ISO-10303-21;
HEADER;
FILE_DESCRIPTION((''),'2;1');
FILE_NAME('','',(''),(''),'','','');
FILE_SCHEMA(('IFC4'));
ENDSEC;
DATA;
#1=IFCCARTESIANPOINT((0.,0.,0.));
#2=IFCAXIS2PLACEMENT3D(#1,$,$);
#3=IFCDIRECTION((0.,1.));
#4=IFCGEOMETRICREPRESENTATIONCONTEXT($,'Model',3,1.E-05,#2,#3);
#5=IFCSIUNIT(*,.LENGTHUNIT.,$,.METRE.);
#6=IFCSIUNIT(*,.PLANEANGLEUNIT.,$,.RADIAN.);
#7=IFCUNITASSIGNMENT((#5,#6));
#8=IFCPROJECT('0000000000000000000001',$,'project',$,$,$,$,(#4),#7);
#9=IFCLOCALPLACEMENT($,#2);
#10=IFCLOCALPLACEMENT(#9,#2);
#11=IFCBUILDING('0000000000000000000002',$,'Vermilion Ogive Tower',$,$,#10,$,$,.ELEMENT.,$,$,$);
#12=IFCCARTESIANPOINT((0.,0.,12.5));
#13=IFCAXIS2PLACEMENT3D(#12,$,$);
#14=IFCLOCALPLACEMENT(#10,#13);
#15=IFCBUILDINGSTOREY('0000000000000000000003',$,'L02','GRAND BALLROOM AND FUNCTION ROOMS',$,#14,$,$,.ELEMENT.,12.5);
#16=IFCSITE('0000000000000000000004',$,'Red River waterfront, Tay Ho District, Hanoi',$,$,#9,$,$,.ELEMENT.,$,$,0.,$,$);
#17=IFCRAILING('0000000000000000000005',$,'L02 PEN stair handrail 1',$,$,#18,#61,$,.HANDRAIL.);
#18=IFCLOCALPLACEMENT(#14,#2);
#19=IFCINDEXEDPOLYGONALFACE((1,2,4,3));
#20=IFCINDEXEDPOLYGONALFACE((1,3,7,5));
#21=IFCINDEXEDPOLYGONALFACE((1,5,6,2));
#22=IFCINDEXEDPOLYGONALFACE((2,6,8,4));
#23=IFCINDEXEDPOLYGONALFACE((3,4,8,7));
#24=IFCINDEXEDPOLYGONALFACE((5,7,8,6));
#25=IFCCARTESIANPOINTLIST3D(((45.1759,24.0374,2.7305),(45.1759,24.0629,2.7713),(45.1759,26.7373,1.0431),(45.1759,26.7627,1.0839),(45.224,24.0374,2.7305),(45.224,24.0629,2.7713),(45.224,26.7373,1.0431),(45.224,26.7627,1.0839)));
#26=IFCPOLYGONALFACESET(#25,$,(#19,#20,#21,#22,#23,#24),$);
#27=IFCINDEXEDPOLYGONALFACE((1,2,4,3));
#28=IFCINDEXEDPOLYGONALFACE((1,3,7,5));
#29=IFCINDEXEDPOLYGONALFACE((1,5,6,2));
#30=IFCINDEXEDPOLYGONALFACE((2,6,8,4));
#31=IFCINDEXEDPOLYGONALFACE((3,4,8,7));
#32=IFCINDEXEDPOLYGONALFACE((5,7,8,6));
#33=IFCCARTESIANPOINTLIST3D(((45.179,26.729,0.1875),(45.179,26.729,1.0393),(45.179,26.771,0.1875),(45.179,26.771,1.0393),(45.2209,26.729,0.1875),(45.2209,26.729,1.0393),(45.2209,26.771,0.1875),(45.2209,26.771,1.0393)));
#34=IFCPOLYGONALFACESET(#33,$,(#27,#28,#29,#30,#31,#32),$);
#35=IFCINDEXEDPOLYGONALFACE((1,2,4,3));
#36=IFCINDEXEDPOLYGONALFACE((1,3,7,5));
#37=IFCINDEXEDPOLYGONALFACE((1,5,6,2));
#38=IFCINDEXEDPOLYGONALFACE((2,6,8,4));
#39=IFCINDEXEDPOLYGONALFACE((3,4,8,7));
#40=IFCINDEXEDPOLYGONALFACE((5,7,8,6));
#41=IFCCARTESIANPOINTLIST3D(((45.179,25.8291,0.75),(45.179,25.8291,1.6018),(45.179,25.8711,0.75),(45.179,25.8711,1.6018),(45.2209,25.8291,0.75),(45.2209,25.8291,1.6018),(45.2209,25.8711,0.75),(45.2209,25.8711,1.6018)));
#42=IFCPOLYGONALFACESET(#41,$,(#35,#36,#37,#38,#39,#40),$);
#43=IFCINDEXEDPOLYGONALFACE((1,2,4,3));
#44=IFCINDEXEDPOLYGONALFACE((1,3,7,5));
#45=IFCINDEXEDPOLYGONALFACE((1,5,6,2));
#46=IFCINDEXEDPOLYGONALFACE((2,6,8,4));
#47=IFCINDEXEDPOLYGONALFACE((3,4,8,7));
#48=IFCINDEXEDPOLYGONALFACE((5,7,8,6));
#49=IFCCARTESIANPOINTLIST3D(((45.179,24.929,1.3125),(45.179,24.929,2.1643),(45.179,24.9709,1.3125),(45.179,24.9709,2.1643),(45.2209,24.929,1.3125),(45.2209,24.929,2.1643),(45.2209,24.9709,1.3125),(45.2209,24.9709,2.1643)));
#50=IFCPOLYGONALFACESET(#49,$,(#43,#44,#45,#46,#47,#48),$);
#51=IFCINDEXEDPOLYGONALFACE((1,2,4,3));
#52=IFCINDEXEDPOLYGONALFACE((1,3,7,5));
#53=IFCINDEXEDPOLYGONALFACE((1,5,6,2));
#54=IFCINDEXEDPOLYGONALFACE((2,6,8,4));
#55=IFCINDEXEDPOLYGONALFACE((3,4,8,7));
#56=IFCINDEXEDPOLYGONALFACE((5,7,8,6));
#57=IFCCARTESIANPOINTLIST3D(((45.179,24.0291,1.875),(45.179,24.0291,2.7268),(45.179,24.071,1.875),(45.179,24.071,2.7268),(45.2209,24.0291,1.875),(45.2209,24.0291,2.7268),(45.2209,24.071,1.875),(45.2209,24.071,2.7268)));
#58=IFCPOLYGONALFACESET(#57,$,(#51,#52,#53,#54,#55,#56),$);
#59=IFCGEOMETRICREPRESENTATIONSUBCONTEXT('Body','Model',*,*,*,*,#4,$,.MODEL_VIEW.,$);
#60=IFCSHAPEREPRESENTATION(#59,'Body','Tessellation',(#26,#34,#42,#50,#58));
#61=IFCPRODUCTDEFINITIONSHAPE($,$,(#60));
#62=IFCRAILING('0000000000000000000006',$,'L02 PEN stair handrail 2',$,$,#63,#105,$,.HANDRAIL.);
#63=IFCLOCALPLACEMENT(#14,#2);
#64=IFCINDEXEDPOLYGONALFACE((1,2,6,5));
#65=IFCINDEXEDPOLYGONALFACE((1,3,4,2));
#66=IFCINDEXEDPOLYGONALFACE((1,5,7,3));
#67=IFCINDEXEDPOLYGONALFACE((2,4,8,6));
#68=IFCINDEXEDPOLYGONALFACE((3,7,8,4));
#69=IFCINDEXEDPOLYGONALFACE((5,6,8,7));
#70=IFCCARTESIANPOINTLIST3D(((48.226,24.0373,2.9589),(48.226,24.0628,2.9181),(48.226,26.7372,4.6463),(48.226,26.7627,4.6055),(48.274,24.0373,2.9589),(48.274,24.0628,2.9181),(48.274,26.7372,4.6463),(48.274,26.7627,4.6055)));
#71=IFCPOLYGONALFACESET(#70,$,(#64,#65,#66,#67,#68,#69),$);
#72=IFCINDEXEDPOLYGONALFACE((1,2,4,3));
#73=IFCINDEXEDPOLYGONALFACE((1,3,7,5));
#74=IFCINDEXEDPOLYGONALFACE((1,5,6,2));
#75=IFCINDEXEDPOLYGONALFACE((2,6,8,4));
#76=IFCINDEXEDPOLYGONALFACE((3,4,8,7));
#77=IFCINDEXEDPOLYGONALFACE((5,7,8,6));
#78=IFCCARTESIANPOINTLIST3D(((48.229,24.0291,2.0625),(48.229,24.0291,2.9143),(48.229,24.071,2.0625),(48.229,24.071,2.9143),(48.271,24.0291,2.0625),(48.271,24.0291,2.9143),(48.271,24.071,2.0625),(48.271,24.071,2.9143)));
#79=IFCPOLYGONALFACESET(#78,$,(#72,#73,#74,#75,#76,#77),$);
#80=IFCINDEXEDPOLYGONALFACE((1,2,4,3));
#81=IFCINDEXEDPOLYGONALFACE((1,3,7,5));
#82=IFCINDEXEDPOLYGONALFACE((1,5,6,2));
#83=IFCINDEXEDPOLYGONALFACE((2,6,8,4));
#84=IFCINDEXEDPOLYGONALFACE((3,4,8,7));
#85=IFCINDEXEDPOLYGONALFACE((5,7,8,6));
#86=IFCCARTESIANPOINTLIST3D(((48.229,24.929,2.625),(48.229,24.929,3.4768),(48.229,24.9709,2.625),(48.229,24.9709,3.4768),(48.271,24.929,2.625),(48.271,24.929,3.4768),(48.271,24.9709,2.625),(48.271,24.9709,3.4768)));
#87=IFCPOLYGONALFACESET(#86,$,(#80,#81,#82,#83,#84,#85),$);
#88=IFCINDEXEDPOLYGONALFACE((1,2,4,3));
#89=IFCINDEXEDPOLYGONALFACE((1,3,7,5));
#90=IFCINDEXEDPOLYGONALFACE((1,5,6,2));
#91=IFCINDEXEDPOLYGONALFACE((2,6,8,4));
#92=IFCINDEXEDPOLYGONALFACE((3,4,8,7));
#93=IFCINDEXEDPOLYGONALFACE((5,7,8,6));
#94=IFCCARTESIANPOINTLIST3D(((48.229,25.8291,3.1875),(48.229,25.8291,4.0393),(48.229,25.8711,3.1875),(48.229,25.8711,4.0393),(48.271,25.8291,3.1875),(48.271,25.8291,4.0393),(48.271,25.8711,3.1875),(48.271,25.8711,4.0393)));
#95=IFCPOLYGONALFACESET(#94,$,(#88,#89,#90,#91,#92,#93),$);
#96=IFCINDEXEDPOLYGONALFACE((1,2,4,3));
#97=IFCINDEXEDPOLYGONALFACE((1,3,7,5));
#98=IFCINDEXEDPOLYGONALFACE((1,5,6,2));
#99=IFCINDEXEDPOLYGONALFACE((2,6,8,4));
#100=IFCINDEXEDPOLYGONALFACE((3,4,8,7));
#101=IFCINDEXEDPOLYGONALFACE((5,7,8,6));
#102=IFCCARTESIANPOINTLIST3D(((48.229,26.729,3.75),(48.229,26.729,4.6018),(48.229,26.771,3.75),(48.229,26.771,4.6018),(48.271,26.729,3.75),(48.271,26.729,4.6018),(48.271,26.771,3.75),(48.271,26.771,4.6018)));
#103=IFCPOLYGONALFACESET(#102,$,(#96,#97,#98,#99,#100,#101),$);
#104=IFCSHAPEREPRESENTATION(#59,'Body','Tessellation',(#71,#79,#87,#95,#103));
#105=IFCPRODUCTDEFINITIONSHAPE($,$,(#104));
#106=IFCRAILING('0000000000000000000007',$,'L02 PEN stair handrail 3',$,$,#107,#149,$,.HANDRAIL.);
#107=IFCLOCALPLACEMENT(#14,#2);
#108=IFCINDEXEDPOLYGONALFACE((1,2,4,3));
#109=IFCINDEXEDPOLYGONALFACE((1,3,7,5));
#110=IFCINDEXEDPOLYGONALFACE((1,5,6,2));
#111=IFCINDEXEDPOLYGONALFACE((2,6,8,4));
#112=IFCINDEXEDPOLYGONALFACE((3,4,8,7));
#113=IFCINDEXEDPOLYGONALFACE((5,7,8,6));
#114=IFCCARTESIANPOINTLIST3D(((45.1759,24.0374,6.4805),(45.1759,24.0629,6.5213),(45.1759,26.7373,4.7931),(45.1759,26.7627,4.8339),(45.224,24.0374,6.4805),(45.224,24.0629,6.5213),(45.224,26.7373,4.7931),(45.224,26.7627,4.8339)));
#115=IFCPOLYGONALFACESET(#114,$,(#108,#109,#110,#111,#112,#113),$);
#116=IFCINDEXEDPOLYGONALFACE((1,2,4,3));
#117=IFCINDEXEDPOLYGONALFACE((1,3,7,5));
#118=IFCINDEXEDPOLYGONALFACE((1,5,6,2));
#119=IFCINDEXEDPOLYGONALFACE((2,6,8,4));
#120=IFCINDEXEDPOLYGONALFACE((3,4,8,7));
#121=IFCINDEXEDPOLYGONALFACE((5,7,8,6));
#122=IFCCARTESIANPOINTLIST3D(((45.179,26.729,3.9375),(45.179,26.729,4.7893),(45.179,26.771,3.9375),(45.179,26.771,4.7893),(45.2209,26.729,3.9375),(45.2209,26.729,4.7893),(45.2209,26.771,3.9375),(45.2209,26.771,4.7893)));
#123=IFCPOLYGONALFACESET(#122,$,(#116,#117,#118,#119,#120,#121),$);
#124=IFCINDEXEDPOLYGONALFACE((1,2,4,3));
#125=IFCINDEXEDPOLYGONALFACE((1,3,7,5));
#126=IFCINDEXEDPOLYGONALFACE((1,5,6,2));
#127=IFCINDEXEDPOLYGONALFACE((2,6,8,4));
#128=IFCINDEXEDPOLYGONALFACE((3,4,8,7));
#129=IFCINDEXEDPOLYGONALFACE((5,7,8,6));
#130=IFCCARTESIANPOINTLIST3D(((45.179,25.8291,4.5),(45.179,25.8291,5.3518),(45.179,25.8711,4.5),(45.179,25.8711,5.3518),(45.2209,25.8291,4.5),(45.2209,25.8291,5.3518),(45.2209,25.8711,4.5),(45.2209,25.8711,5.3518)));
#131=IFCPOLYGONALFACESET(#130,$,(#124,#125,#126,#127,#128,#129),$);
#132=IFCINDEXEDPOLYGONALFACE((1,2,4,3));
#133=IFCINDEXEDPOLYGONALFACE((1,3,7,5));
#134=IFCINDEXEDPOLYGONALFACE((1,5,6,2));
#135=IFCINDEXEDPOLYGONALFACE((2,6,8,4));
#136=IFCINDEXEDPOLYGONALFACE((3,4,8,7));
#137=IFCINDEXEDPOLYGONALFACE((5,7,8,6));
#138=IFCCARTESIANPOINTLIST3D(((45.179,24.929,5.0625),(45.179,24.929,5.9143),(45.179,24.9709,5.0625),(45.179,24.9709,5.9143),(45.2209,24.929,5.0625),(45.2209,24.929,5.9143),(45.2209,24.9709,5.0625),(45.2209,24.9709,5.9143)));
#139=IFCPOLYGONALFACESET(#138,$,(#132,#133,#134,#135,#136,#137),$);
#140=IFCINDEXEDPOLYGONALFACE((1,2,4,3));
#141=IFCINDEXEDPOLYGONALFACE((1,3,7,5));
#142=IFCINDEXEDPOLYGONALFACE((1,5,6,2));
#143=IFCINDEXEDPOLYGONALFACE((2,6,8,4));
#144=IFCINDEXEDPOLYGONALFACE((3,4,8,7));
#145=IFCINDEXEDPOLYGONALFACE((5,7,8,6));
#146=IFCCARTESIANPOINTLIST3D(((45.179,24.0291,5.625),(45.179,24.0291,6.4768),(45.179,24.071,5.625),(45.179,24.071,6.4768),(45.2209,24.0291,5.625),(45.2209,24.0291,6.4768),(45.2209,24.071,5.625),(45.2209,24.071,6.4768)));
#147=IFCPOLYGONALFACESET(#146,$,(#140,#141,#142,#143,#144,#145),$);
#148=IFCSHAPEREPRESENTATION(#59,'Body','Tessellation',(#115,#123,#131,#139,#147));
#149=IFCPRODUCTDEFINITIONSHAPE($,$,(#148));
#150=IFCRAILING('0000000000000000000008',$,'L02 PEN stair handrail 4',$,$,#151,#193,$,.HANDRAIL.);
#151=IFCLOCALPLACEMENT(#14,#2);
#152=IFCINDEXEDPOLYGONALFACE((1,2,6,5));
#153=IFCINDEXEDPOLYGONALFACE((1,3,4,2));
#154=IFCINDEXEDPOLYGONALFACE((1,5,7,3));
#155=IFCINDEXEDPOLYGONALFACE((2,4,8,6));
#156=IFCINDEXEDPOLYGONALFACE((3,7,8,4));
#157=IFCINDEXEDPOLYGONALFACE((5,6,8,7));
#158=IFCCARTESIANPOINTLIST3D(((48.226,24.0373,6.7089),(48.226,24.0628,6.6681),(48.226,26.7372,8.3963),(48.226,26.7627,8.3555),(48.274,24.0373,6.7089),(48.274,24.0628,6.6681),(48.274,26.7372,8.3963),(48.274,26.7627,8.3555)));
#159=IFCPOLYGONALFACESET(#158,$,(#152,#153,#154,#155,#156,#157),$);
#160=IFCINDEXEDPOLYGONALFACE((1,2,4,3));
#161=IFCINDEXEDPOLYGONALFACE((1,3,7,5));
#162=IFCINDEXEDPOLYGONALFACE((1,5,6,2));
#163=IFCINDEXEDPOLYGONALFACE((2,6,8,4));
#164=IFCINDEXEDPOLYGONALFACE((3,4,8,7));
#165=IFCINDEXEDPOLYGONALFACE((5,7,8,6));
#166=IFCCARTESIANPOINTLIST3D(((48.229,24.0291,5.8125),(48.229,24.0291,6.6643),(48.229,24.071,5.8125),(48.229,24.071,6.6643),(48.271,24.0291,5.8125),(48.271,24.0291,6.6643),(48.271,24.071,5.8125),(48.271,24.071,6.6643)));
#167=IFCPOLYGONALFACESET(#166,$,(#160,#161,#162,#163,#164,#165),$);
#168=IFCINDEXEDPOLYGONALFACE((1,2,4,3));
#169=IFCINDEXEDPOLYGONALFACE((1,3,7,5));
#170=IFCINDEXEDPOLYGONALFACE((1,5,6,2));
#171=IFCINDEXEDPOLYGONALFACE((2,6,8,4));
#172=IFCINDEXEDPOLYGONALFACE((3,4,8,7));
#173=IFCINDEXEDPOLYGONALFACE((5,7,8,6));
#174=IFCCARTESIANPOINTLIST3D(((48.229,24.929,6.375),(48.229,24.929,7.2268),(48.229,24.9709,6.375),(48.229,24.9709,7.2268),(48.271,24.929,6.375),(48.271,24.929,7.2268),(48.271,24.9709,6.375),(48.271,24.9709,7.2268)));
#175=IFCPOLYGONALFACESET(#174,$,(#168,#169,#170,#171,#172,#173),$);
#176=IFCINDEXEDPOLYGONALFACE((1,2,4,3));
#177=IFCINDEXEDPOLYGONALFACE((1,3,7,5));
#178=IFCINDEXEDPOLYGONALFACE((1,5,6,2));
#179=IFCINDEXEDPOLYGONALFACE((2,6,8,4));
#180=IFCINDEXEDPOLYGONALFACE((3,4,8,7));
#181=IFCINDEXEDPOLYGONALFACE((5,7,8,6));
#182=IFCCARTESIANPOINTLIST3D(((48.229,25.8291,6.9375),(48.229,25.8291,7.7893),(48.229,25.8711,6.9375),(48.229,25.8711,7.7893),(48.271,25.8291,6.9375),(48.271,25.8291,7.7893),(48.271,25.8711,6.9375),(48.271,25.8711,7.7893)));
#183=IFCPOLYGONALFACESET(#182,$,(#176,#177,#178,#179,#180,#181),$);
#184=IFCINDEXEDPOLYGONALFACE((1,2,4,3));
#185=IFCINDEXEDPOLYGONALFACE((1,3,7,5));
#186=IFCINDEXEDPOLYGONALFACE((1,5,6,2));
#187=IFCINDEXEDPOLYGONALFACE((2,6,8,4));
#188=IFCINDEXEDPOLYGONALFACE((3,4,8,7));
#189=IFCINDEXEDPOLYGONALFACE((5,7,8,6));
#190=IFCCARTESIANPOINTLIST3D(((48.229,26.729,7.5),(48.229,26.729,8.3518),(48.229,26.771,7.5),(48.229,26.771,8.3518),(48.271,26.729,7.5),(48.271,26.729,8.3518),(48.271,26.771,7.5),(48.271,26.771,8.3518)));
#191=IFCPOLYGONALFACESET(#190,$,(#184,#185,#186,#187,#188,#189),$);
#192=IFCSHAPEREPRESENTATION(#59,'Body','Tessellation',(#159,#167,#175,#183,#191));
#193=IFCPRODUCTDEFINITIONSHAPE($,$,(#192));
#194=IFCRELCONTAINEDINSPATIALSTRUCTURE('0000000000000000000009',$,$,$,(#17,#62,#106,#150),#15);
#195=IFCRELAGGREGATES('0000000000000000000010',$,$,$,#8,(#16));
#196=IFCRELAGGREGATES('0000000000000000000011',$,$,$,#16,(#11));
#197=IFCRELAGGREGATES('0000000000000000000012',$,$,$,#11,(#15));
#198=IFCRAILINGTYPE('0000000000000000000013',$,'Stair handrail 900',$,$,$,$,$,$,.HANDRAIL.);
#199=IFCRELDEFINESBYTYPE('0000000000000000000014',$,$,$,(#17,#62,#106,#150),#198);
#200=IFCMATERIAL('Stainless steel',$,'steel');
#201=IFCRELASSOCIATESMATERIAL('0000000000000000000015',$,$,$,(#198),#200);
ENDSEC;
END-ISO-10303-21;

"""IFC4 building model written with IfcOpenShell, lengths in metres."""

from ifc_helpers import new_model, si_unit, direction, frame, origin, origin_2d, place, context, subcontext, project, spatial, rectangle, extrude, material, type_object, element, save


model = new_model("IFC4")

# Units and contexts
model_context = context("Model", 3, precision=1e-05, world=origin(), true_north=direction((0.0, 1.0)))
body_context = subcontext(model_context, "Body", "Model", "MODEL_VIEW")
ifc_project = project(units=[si_unit("LENGTHUNIT", "METRE"), si_unit("PLANEANGLEUNIT", "RADIAN")], contexts=[model_context])

# Site, building, storey
site_placement = place(None, origin())
site = spatial("IfcSite", under=ifc_project, at=site_placement, Name="Red River waterfront, Tay Ho District, Hanoi", CompositionType="ELEMENT", RefElevation=0.0)
building_placement = place(site_placement, origin())
building = spatial("IfcBuilding", under=site, at=building_placement, Name="Vermilion Ogive Tower", CompositionType="ELEMENT")
storey_placement = place(building_placement, frame((0.0, 0.0, 12.5)))
storey = spatial("IfcBuildingStorey", under=building, at=storey_placement, Name="L02", Description="GRAND BALLROOM AND FUNCTION ROOMS", CompositionType="ELEMENT", Elevation=12.5)

# Railings
ifc_material_1 = material(Name="Stainless steel", Category="steel")
railing_type_1 = type_object("IfcRailingType", Name="Stair handrail 900", PredefinedType="HANDRAIL", material=ifc_material_1)
railing_1_placement = place(storey_placement, frame((45.2, 26.75, 0.1875)))
element("IfcRailing", 1, at=railing_1_placement, inside=storey, type_object=railing_type_1, Name="L02 PEN stair handrail 1", PredefinedType="HANDRAIL", context=body_context, shape_type="SweptSolid", body=[
    extrude(rectangle(XDim=0.0481, YDim=0.0481, at=origin_2d()), frame((0.0, 0.0, 0.876), z_axis=(0.0, -0.847994, 0.530006), x_axis=(1.0, 0.0, 0.0)), (0.0, 0.0, 1.0), 3.1838),
    extrude(rectangle(XDim=0.042, YDim=0.042, at=origin_2d()), origin(), (0.0, 0.0, 1.0), 0.8518),
    extrude(rectangle(XDim=0.042, YDim=0.042, at=origin_2d()), frame((0.0, -0.8999, 0.5625)), (0.0, 0.0, 1.0), 0.8518),
    extrude(rectangle(XDim=0.042, YDim=0.042, at=origin_2d()), frame((0.0, -1.8, 1.125)), (0.0, 0.0, 1.0), 0.8518),
    extrude(rectangle(XDim=0.042, YDim=0.042, at=origin_2d()), frame((0.0, -2.7, 1.6875)), (0.0, 0.0, 1.0), 0.8518),
])
railing_2_placement = place(storey_placement, frame((48.25, 24.05, 2.0625)))
element("IfcRailing", 2, at=railing_2_placement, inside=storey, type_object=railing_type_1, Name="L02 PEN stair handrail 2", PredefinedType="HANDRAIL", context=body_context, shape_type="SweptSolid", body=[
    extrude(rectangle(XDim=0.0481, YDim=0.0481, at=origin_2d()), frame((0.0, 0.0, 0.876), z_axis=(0.0, 0.847994, 0.530006), x_axis=(-1.0, 0.0, 0.0)), (0.0, 0.0, 1.0), 3.1838),
    extrude(rectangle(XDim=0.042, YDim=0.042, at=origin_2d()), origin(), (0.0, 0.0, 1.0), 0.8518),
    extrude(rectangle(XDim=0.042, YDim=0.042, at=origin_2d()), frame((0.0, 0.8999, 0.5625)), (0.0, 0.0, 1.0), 0.8518),
    extrude(rectangle(XDim=0.042, YDim=0.042, at=origin_2d()), frame((0.0, 1.8, 1.125)), (0.0, 0.0, 1.0), 0.8518),
    extrude(rectangle(XDim=0.042, YDim=0.042, at=origin_2d()), frame((0.0, 2.7, 1.6875)), (0.0, 0.0, 1.0), 0.8518),
])
railing_3_placement = place(storey_placement, frame((45.2, 26.75, 3.9375)))
element("IfcRailing", 3, at=railing_3_placement, inside=storey, type_object=railing_type_1, Name="L02 PEN stair handrail 3", PredefinedType="HANDRAIL", context=body_context, shape_type="SweptSolid", body=[
    extrude(rectangle(XDim=0.0481, YDim=0.0481, at=origin_2d()), frame((0.0, 0.0, 0.876), z_axis=(0.0, -0.847994, 0.530006), x_axis=(1.0, 0.0, 0.0)), (0.0, 0.0, 1.0), 3.1838),
    extrude(rectangle(XDim=0.042, YDim=0.042, at=origin_2d()), origin(), (0.0, 0.0, 1.0), 0.8518),
    extrude(rectangle(XDim=0.042, YDim=0.042, at=origin_2d()), frame((0.0, -0.8999, 0.5625)), (0.0, 0.0, 1.0), 0.8518),
    extrude(rectangle(XDim=0.042, YDim=0.042, at=origin_2d()), frame((0.0, -1.8, 1.125)), (0.0, 0.0, 1.0), 0.8518),
    extrude(rectangle(XDim=0.042, YDim=0.042, at=origin_2d()), frame((0.0, -2.7, 1.6875)), (0.0, 0.0, 1.0), 0.8518),
])
railing_4_placement = place(storey_placement, frame((48.25, 24.05, 5.8125)))
element("IfcRailing", 4, at=railing_4_placement, inside=storey, type_object=railing_type_1, Name="L02 PEN stair handrail 4", PredefinedType="HANDRAIL", context=body_context, shape_type="SweptSolid", body=[
    extrude(rectangle(XDim=0.0481, YDim=0.0481, at=origin_2d()), frame((0.0, 0.0, 0.876), z_axis=(0.0, 0.847994, 0.530006), x_axis=(-1.0, 0.0, 0.0)), (0.0, 0.0, 1.0), 3.1838),
    extrude(rectangle(XDim=0.042, YDim=0.042, at=origin_2d()), origin(), (0.0, 0.0, 1.0), 0.8518),
    extrude(rectangle(XDim=0.042, YDim=0.042, at=origin_2d()), frame((0.0, 0.8999, 0.5625)), (0.0, 0.0, 1.0), 0.8518),
    extrude(rectangle(XDim=0.042, YDim=0.042, at=origin_2d()), frame((0.0, 1.8, 1.125)), (0.0, 0.0, 1.0), 0.8518),
    extrude(rectangle(XDim=0.042, YDim=0.042, at=origin_2d()), frame((0.0, 2.7, 1.6875)), (0.0, 0.0, 1.0), 0.8518),
])

save(model, "model.ifc")
